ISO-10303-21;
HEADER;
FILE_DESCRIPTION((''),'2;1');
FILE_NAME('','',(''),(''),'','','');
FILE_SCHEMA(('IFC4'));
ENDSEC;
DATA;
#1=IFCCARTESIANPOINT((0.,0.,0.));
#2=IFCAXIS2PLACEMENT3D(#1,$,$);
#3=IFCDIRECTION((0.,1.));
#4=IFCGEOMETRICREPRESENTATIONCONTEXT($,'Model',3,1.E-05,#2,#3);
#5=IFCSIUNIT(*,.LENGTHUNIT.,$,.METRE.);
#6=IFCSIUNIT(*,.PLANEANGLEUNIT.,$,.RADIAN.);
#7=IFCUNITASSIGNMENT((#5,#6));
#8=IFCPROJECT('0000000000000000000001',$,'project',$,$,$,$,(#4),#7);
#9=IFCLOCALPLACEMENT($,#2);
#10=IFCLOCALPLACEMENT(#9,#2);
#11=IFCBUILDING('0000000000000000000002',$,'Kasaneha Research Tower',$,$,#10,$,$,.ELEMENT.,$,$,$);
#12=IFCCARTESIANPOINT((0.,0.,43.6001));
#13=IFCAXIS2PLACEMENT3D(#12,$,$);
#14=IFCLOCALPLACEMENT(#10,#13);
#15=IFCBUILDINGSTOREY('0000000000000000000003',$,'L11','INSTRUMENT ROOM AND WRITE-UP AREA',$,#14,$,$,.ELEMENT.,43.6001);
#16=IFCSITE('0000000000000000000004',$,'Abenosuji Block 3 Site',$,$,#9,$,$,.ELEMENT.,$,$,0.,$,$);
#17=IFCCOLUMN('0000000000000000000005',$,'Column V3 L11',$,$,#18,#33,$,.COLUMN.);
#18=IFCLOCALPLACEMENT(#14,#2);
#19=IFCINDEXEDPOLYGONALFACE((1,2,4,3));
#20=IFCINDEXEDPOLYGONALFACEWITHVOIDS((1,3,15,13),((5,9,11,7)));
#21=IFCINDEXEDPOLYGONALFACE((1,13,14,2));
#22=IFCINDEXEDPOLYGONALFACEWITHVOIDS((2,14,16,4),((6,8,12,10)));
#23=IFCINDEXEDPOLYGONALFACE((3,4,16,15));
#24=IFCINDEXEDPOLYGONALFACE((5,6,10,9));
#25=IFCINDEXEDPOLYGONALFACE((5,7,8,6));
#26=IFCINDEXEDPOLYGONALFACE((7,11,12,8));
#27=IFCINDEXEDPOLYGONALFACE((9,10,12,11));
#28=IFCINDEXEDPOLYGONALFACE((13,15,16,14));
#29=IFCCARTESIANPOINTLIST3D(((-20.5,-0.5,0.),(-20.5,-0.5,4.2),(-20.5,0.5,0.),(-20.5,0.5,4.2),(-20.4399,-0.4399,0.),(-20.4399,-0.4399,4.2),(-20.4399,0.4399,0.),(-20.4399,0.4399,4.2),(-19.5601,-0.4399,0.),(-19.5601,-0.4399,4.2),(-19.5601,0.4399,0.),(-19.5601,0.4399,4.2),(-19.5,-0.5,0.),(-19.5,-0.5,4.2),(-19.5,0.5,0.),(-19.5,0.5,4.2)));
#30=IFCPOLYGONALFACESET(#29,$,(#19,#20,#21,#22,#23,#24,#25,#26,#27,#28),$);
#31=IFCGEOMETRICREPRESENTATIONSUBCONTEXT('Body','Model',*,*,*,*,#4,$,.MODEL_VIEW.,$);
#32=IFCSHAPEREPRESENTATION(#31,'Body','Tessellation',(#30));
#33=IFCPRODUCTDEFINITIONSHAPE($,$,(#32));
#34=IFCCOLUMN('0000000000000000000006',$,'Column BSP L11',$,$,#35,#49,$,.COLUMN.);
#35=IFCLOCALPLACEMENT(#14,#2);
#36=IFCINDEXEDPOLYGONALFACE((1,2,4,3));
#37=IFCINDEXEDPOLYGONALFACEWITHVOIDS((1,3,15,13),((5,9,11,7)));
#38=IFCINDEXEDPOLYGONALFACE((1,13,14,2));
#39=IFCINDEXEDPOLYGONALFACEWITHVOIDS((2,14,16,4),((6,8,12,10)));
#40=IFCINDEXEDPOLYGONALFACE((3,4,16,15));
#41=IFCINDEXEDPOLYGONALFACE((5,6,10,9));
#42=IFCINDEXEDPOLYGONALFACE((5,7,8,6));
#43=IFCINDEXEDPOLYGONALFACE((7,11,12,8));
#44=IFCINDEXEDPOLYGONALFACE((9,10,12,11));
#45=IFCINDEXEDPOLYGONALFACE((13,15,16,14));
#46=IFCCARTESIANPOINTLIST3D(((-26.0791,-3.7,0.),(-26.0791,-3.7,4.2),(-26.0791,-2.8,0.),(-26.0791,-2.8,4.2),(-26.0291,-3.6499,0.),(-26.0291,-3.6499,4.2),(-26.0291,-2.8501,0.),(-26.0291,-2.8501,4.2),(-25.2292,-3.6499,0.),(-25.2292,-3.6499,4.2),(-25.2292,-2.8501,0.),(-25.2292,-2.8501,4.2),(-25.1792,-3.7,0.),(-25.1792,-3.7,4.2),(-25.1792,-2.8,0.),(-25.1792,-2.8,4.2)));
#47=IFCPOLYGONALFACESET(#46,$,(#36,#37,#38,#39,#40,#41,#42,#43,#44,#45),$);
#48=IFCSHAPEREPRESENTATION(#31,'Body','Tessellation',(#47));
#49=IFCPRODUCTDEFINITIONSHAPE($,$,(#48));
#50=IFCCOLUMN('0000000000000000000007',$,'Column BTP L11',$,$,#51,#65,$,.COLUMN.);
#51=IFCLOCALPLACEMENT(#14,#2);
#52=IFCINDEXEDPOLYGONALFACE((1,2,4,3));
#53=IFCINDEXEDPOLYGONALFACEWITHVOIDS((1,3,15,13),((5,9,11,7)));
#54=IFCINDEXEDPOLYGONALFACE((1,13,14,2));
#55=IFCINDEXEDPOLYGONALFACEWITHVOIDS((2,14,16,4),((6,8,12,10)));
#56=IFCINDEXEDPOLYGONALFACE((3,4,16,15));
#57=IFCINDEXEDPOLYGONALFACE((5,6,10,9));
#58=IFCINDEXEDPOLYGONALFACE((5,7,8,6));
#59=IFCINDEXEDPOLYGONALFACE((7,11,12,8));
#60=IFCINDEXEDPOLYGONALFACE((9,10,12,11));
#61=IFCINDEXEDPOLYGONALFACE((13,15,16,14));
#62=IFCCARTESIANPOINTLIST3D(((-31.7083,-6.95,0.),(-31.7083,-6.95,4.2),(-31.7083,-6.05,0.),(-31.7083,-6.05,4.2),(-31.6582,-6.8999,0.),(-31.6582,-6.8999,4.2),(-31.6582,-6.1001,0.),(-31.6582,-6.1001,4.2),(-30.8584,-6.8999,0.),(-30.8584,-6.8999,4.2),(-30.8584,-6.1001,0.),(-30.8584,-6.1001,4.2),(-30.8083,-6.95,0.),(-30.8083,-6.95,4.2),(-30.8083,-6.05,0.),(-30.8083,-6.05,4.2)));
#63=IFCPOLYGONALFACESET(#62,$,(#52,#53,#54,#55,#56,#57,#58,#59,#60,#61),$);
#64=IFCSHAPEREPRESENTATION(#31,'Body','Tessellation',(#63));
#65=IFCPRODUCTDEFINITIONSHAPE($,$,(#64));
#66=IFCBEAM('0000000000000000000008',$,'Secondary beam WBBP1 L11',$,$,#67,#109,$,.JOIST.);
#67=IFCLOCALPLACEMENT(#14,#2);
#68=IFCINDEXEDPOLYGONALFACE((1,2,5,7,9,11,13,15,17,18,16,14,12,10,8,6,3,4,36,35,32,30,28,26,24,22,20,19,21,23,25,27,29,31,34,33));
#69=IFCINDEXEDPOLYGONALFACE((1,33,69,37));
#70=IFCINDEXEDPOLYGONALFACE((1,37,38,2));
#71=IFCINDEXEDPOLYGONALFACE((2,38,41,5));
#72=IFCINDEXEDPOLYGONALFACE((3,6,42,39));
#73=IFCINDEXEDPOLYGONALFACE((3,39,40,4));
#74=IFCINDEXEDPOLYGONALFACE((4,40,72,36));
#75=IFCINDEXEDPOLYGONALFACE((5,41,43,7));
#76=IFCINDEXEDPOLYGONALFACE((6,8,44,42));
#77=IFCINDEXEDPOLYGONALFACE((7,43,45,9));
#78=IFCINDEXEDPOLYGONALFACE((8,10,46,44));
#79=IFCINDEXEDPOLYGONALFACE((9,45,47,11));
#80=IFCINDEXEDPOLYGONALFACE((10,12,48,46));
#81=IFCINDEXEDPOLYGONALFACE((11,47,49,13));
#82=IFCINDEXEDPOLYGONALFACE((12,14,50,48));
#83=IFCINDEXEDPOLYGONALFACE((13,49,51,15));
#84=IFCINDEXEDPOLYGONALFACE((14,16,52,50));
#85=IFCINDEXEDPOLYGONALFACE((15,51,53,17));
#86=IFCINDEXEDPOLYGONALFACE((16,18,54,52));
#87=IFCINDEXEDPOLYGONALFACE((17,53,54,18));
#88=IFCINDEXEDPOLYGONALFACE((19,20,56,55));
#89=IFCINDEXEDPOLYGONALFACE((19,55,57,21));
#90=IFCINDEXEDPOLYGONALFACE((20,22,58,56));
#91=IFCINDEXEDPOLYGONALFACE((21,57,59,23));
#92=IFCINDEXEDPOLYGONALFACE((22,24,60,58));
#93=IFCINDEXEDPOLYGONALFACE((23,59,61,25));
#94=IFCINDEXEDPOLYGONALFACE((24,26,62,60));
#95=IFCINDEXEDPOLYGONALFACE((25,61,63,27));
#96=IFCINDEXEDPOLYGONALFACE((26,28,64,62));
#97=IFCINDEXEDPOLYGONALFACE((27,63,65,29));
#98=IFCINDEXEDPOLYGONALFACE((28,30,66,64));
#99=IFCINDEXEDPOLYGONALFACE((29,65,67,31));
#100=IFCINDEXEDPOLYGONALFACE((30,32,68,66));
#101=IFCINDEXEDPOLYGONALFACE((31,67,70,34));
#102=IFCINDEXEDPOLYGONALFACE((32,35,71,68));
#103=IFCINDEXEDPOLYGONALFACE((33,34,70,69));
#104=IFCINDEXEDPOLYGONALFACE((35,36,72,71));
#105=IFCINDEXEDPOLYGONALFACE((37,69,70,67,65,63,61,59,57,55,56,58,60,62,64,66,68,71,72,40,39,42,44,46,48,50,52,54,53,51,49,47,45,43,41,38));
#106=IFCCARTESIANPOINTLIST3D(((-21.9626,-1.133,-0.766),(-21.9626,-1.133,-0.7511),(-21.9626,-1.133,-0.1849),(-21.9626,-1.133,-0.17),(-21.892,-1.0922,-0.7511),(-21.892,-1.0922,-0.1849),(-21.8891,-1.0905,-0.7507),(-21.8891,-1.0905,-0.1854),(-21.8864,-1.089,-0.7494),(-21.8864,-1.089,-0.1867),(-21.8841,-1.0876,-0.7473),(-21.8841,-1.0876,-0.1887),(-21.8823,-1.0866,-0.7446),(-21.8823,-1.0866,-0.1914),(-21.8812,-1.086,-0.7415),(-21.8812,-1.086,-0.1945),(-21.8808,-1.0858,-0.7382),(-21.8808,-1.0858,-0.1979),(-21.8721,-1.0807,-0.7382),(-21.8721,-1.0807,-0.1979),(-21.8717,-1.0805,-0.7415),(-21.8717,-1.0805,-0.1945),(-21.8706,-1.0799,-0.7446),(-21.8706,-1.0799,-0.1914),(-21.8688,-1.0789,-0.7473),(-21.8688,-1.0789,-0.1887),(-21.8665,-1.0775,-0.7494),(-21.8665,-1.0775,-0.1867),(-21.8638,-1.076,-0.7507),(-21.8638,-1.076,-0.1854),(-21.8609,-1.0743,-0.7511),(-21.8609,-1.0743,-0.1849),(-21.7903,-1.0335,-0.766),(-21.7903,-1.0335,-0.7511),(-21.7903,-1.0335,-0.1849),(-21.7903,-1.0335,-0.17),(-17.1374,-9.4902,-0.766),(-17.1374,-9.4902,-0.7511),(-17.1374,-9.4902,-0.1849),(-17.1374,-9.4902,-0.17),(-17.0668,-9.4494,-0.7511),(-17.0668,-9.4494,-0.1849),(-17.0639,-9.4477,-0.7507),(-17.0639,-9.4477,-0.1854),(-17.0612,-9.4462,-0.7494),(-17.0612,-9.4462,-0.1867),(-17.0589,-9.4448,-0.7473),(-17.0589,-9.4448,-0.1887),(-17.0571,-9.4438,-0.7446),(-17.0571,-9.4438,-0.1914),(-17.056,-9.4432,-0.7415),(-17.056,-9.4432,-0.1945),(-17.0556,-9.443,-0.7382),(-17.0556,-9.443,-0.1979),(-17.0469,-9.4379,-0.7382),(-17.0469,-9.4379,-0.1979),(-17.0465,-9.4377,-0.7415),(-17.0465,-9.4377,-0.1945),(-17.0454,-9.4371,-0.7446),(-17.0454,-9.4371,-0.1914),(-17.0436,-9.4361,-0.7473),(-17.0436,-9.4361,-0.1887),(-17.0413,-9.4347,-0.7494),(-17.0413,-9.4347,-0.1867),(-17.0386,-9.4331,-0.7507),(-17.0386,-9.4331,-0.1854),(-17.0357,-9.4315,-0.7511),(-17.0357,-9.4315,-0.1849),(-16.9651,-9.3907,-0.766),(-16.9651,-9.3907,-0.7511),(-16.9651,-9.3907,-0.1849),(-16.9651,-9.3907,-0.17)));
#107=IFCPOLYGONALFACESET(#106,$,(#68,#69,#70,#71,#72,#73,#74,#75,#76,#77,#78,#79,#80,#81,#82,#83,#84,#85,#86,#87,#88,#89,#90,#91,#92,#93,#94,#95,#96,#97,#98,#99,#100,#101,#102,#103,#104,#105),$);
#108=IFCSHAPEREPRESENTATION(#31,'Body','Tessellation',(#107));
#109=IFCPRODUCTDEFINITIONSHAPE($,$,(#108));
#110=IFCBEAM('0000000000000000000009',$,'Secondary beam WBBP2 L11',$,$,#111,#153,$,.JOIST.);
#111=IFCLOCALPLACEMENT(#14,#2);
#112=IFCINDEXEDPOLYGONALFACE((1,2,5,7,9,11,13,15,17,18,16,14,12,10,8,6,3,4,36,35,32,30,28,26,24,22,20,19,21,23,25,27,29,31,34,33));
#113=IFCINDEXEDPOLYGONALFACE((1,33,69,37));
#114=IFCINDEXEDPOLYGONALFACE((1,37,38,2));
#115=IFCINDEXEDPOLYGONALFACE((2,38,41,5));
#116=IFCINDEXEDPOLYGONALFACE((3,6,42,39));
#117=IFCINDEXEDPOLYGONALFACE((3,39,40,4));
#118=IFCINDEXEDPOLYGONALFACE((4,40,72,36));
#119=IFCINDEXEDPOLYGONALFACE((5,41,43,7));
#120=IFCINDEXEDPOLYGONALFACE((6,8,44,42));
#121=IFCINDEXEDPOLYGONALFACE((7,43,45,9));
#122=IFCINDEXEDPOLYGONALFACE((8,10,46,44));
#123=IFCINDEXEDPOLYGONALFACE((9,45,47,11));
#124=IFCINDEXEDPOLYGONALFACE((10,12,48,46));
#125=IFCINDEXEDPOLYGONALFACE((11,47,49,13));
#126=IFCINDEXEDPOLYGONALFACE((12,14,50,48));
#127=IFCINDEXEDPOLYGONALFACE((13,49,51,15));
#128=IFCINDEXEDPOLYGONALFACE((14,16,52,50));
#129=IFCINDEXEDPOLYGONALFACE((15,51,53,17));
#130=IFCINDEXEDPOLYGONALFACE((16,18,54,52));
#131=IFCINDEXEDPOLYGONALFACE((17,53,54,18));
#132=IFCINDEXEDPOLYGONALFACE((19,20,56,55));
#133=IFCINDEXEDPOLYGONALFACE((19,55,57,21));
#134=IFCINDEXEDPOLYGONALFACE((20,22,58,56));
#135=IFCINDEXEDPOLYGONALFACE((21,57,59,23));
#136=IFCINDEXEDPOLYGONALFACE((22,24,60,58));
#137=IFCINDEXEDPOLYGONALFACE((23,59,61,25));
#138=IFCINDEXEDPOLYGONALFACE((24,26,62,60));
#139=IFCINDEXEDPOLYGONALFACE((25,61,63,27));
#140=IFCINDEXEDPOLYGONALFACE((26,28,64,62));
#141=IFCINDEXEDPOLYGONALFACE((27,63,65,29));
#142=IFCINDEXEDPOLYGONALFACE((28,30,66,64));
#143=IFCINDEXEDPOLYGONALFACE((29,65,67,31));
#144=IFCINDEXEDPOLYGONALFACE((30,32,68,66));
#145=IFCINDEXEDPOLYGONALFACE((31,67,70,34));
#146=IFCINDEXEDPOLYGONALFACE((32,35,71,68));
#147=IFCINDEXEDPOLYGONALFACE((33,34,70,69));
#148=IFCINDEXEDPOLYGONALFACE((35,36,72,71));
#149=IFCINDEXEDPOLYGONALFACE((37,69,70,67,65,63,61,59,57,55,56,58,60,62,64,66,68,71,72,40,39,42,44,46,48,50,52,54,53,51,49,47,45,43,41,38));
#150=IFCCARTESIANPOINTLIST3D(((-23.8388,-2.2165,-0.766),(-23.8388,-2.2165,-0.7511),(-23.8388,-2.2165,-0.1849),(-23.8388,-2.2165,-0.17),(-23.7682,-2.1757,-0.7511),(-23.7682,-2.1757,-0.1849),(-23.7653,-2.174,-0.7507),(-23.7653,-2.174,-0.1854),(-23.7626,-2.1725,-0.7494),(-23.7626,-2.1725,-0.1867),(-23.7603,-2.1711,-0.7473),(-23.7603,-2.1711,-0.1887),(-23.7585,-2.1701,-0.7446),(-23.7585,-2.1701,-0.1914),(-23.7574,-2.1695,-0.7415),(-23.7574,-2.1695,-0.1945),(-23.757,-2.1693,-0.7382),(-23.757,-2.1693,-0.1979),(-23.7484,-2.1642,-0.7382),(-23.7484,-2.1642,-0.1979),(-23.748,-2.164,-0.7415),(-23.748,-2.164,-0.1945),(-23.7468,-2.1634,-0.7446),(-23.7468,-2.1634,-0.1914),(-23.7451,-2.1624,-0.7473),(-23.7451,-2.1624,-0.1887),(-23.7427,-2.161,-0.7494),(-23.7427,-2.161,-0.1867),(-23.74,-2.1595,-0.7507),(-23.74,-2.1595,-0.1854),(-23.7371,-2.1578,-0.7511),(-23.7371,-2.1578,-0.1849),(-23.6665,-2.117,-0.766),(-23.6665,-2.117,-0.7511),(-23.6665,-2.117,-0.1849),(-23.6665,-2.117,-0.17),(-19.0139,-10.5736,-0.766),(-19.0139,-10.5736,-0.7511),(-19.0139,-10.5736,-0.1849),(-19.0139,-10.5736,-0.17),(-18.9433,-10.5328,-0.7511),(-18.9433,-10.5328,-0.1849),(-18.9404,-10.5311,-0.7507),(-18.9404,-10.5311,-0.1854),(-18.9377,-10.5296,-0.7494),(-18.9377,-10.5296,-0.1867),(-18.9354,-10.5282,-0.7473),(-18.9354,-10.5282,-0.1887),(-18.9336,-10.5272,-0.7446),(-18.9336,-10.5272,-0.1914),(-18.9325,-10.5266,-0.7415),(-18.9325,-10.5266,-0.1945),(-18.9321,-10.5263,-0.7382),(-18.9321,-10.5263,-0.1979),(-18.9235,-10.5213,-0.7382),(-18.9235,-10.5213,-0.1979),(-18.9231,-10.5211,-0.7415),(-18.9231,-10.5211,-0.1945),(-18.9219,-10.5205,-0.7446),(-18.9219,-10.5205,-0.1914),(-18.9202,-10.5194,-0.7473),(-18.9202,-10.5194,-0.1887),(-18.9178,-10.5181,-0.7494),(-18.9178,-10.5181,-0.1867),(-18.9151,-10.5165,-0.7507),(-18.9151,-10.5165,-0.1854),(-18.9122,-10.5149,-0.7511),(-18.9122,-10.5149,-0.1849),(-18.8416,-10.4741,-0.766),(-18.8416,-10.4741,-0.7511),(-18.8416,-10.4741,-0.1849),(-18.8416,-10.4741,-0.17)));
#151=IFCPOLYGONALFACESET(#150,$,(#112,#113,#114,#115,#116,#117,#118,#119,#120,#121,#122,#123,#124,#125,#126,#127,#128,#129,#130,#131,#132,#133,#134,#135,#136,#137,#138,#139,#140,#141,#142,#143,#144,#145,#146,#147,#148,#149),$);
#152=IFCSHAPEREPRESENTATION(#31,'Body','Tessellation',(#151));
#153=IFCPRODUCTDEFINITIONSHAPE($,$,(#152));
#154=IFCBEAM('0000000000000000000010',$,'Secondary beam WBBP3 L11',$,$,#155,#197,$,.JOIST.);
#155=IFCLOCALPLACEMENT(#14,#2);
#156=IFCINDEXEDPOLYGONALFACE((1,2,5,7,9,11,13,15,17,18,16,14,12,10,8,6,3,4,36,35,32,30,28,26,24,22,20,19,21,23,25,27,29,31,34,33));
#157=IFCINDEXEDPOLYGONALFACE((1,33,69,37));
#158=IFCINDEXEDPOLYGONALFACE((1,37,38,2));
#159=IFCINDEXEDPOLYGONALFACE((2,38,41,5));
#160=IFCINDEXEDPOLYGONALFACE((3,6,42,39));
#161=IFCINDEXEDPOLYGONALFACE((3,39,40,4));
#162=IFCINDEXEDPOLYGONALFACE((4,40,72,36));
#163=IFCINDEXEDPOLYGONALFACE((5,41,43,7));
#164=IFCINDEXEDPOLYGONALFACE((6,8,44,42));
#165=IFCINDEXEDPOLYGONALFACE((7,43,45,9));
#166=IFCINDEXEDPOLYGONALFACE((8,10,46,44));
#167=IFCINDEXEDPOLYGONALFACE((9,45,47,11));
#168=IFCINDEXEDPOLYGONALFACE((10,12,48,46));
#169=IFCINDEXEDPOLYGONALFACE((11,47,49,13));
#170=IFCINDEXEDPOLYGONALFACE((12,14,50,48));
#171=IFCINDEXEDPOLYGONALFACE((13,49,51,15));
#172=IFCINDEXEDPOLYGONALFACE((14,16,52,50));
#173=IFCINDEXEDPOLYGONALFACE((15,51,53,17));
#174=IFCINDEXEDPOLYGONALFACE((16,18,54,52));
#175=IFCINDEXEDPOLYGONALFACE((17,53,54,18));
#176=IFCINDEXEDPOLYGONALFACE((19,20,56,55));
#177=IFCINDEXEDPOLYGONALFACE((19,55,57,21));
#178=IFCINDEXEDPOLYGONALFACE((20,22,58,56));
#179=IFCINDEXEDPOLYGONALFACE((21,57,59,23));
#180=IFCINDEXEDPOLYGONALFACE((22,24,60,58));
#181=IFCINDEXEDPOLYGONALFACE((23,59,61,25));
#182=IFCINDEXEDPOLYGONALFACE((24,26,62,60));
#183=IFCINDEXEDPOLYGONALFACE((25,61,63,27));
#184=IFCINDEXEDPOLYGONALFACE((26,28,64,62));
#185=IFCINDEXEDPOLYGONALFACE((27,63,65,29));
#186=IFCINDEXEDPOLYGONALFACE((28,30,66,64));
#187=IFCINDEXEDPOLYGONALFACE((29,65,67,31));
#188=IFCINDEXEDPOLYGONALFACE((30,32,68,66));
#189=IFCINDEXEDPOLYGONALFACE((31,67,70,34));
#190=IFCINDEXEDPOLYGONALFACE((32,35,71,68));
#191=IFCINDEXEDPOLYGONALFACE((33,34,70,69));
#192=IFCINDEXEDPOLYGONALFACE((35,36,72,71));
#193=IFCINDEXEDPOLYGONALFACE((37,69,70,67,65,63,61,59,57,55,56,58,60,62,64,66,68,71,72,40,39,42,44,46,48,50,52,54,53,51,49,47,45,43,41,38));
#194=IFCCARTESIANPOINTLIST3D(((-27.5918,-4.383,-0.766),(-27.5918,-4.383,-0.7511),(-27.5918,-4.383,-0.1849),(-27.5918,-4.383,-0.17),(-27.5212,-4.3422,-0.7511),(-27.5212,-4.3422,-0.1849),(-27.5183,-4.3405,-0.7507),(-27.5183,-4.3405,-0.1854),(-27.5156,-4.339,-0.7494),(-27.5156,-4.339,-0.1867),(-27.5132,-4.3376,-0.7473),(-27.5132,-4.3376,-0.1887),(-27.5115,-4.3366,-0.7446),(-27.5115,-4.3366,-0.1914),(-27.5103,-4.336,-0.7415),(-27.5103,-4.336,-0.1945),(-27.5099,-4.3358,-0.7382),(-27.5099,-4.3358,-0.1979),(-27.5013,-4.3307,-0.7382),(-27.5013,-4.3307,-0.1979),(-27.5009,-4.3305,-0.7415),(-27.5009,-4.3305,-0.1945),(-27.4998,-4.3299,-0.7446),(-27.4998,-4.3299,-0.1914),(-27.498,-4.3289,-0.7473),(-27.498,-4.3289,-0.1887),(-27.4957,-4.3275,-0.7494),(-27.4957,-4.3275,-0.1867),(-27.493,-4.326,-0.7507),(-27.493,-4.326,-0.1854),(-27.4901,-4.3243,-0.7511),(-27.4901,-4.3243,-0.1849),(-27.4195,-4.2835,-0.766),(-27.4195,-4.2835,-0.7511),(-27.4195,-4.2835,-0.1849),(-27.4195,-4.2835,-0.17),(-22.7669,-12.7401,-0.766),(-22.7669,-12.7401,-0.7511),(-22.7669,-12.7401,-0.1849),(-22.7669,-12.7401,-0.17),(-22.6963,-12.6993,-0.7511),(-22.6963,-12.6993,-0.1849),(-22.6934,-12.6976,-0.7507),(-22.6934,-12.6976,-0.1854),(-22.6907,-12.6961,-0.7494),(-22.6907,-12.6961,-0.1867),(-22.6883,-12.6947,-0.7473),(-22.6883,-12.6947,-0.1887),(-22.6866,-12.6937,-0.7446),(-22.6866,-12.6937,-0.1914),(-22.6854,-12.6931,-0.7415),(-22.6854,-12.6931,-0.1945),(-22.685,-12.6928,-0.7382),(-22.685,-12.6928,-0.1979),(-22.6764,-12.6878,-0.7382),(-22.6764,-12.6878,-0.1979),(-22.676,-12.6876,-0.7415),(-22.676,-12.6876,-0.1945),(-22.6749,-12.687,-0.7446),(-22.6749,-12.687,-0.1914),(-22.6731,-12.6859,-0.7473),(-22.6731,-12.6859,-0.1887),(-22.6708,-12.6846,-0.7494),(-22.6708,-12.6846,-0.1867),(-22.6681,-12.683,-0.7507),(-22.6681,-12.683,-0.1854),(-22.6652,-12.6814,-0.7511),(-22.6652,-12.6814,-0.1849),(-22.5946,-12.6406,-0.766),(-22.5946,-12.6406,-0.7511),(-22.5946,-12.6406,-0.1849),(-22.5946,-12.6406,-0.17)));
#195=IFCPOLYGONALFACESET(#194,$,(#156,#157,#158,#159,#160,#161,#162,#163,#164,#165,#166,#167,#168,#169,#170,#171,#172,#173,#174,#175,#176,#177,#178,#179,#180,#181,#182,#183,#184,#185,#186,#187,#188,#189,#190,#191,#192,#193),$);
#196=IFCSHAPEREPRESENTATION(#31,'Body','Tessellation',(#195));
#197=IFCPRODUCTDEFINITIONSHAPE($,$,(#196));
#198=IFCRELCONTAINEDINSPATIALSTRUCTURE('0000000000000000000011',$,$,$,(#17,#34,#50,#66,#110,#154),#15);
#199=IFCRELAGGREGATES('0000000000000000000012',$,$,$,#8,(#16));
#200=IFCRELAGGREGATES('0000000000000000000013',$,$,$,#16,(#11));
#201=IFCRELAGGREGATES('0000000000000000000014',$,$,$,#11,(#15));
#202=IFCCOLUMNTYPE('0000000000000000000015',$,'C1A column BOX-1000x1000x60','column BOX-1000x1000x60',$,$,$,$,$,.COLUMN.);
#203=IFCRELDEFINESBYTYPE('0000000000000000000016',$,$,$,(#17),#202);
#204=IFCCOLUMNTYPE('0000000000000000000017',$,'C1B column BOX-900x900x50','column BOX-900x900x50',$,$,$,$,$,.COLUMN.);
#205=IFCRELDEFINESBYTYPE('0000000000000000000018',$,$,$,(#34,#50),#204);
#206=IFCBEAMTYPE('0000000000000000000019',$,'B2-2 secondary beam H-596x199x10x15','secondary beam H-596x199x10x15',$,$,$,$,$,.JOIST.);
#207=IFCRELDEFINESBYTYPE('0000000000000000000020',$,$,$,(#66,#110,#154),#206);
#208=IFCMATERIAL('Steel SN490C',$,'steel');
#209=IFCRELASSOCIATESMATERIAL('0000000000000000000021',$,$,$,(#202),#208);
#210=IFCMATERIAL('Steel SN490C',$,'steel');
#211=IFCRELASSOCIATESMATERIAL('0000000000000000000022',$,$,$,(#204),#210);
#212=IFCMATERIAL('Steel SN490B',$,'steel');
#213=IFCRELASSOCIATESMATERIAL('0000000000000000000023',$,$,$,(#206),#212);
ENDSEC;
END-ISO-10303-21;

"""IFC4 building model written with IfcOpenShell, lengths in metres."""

from ifc_helpers import new_model, si_unit, direction, frame, origin, origin_2d, place, context, subcontext, project, spatial, hollow_rectangle, i_section, extrude, material, material_profile, profile_set, type_object, element, save


model = new_model("IFC4")

# Units and contexts
model_context = context("Model", 3, precision=1e-05, world=origin(), true_north=direction((0.0, 1.0)))
body_context = subcontext(model_context, "Body", "Model", "MODEL_VIEW")
ifc_project = project(units=[si_unit("LENGTHUNIT", "METRE"), si_unit("PLANEANGLEUNIT", "RADIAN")], contexts=[model_context])

# Site, building, storey
site_placement = place(None, origin())
site = spatial("IfcSite", under=ifc_project, at=site_placement, Name="Abenosuji Block 3 Site", CompositionType="ELEMENT", RefElevation=0.0)
building_placement = place(site_placement, origin())
building = spatial("IfcBuilding", under=site, at=building_placement, Name="Kasaneha Research Tower", CompositionType="ELEMENT")
storey_placement = place(building_placement, frame((0.0, 0.0, 43.6001)))
storey = spatial("IfcBuildingStorey", under=building, at=storey_placement, Name="L11", Description="INSTRUMENT ROOM AND WRITE-UP AREA", CompositionType="ELEMENT", Elevation=43.6001)

# Columns
ifc_material_1 = material(Name="Steel SN490C", Category="steel")
ifc_material_profile_1 = material_profile(ifc_material_1, hollow_rectangle(XDim=1.0, YDim=1.0, WallThickness=0.0601, at=origin_2d()), Name="BOX-1000x1000x60")
ifc_profile_set_1 = profile_set([ifc_material_profile_1], Name="Steel SN490C")
column_type_1 = type_object("IfcColumnType", Name="C1A column BOX-1000x1000x60", Description="column BOX-1000x1000x60", PredefinedType="COLUMN", material=ifc_profile_set_1)
column_placement = place(storey_placement, frame((-20.0, 0.0, 0.0), z_axis=(0.0, 0.0, 1.0), x_axis=(1.0, 0.0, 0.0)))
element("IfcColumn", 1, at=column_placement, inside=storey, type_object=column_type_1, Name="Column V3 L11", PredefinedType="COLUMN", context=body_context, shape_type="SweptSolid", body=[
    extrude(hollow_rectangle(XDim=1.0, YDim=1.0, WallThickness=0.0601, at=origin_2d()), origin(), (0.0, 0.0, 1.0), 4.2),
])
ifc_material_2 = material(Name="Steel SN490C", Category="steel")
ifc_material_profile_2 = material_profile(ifc_material_2, hollow_rectangle(XDim=0.8999, YDim=0.8999, WallThickness=0.05, at=origin_2d()), Name="BOX-900x900x50")
ifc_profile_set_2 = profile_set([ifc_material_profile_2], Name="Steel SN490C")
column_type_2 = type_object("IfcColumnType", Name="C1B column BOX-900x900x50", Description="column BOX-900x900x50", PredefinedType="COLUMN", material=ifc_profile_set_2)
for number, where, z_axis, x_axis, name in (
    (2, (-25.6292, -3.25, 0.0), (0.0, 0.0, 1.0), (1.0, 0.0, 0.0), "Column BSP L11"),
    (3, (-31.2583, -6.5, 0.0), (0.0, 0.0, 1.0), (1.0, 0.0, 0.0), "Column BTP L11"),
):
    element("IfcColumn", number, at=place(storey_placement, frame(where, z_axis=z_axis, x_axis=x_axis)), inside=storey, type_object=column_type_2, Name=name, PredefinedType="COLUMN", context=body_context, shape_type="SweptSolid", body=[
        extrude(hollow_rectangle(XDim=0.8999, YDim=0.8999, WallThickness=0.05, at=origin_2d()), origin(), (0.0, 0.0, 1.0), 4.2),
    ])

# Beams
ifc_material_3 = material(Name="Steel SN490B", Category="steel")
ifc_material_profile_3 = material_profile(ifc_material_3, i_section(OverallWidth=0.199, OverallDepth=0.5959, WebThickness=0.01, FlangeThickness=0.0149, FilletRadius=0.0129, at=origin_2d()), Name="H-596x199x10x15")
ifc_profile_set_3 = profile_set([ifc_material_profile_3], Name="Steel SN490B")
beam_type_1 = type_object("IfcBeamType", Name="B2-2 secondary beam H-596x199x10x15", Description="secondary beam H-596x199x10x15", PredefinedType="JOIST", material=ifc_profile_set_3)
beam_1_placement = place(storey_placement, frame((-21.8765, -1.0833, -0.468), z_axis=(0.500014, -0.866017, 0.0), x_axis=(0.866017, 0.500014, 0.0)))
element("IfcBeam", 4, at=beam_1_placement, inside=storey, type_object=beam_type_1, Name="Secondary beam WBBP1 L11", PredefinedType="JOIST", context=body_context, shape_type="SweptSolid", body=[
    extrude(i_section(OverallWidth=0.199, OverallDepth=0.5959, WebThickness=0.01, FlangeThickness=0.0149, FilletRadius=0.0129, at=origin_2d()), origin(), (0.0, 0.0, 1.0), 9.6501),
])
for number, where, z_axis, x_axis, name in (
    (5, (-23.7527, -2.1667, -0.468), (0.499995, -0.866028, 0.0), (0.866028, 0.499995, 0.0), "Secondary beam WBBP2 L11"),
    (6, (-27.5056, -4.3333, -0.468), (0.499995, -0.866028, 0.0), (0.866028, 0.499995, 0.0), "Secondary beam WBBP3 L11"),
):
    element("IfcBeam", number, at=place(storey_placement, frame(where, z_axis=z_axis, x_axis=x_axis)), inside=storey, type_object=beam_type_1, Name=name, PredefinedType="JOIST", context=body_context, shape_type="SweptSolid", body=[
        extrude(i_section(OverallWidth=0.199, OverallDepth=0.5959, WebThickness=0.01, FlangeThickness=0.0149, FilletRadius=0.0129, at=origin_2d()), origin(), (0.0, 0.0, 1.0), 9.6499),
    ])

save(model, "model.ifc")
